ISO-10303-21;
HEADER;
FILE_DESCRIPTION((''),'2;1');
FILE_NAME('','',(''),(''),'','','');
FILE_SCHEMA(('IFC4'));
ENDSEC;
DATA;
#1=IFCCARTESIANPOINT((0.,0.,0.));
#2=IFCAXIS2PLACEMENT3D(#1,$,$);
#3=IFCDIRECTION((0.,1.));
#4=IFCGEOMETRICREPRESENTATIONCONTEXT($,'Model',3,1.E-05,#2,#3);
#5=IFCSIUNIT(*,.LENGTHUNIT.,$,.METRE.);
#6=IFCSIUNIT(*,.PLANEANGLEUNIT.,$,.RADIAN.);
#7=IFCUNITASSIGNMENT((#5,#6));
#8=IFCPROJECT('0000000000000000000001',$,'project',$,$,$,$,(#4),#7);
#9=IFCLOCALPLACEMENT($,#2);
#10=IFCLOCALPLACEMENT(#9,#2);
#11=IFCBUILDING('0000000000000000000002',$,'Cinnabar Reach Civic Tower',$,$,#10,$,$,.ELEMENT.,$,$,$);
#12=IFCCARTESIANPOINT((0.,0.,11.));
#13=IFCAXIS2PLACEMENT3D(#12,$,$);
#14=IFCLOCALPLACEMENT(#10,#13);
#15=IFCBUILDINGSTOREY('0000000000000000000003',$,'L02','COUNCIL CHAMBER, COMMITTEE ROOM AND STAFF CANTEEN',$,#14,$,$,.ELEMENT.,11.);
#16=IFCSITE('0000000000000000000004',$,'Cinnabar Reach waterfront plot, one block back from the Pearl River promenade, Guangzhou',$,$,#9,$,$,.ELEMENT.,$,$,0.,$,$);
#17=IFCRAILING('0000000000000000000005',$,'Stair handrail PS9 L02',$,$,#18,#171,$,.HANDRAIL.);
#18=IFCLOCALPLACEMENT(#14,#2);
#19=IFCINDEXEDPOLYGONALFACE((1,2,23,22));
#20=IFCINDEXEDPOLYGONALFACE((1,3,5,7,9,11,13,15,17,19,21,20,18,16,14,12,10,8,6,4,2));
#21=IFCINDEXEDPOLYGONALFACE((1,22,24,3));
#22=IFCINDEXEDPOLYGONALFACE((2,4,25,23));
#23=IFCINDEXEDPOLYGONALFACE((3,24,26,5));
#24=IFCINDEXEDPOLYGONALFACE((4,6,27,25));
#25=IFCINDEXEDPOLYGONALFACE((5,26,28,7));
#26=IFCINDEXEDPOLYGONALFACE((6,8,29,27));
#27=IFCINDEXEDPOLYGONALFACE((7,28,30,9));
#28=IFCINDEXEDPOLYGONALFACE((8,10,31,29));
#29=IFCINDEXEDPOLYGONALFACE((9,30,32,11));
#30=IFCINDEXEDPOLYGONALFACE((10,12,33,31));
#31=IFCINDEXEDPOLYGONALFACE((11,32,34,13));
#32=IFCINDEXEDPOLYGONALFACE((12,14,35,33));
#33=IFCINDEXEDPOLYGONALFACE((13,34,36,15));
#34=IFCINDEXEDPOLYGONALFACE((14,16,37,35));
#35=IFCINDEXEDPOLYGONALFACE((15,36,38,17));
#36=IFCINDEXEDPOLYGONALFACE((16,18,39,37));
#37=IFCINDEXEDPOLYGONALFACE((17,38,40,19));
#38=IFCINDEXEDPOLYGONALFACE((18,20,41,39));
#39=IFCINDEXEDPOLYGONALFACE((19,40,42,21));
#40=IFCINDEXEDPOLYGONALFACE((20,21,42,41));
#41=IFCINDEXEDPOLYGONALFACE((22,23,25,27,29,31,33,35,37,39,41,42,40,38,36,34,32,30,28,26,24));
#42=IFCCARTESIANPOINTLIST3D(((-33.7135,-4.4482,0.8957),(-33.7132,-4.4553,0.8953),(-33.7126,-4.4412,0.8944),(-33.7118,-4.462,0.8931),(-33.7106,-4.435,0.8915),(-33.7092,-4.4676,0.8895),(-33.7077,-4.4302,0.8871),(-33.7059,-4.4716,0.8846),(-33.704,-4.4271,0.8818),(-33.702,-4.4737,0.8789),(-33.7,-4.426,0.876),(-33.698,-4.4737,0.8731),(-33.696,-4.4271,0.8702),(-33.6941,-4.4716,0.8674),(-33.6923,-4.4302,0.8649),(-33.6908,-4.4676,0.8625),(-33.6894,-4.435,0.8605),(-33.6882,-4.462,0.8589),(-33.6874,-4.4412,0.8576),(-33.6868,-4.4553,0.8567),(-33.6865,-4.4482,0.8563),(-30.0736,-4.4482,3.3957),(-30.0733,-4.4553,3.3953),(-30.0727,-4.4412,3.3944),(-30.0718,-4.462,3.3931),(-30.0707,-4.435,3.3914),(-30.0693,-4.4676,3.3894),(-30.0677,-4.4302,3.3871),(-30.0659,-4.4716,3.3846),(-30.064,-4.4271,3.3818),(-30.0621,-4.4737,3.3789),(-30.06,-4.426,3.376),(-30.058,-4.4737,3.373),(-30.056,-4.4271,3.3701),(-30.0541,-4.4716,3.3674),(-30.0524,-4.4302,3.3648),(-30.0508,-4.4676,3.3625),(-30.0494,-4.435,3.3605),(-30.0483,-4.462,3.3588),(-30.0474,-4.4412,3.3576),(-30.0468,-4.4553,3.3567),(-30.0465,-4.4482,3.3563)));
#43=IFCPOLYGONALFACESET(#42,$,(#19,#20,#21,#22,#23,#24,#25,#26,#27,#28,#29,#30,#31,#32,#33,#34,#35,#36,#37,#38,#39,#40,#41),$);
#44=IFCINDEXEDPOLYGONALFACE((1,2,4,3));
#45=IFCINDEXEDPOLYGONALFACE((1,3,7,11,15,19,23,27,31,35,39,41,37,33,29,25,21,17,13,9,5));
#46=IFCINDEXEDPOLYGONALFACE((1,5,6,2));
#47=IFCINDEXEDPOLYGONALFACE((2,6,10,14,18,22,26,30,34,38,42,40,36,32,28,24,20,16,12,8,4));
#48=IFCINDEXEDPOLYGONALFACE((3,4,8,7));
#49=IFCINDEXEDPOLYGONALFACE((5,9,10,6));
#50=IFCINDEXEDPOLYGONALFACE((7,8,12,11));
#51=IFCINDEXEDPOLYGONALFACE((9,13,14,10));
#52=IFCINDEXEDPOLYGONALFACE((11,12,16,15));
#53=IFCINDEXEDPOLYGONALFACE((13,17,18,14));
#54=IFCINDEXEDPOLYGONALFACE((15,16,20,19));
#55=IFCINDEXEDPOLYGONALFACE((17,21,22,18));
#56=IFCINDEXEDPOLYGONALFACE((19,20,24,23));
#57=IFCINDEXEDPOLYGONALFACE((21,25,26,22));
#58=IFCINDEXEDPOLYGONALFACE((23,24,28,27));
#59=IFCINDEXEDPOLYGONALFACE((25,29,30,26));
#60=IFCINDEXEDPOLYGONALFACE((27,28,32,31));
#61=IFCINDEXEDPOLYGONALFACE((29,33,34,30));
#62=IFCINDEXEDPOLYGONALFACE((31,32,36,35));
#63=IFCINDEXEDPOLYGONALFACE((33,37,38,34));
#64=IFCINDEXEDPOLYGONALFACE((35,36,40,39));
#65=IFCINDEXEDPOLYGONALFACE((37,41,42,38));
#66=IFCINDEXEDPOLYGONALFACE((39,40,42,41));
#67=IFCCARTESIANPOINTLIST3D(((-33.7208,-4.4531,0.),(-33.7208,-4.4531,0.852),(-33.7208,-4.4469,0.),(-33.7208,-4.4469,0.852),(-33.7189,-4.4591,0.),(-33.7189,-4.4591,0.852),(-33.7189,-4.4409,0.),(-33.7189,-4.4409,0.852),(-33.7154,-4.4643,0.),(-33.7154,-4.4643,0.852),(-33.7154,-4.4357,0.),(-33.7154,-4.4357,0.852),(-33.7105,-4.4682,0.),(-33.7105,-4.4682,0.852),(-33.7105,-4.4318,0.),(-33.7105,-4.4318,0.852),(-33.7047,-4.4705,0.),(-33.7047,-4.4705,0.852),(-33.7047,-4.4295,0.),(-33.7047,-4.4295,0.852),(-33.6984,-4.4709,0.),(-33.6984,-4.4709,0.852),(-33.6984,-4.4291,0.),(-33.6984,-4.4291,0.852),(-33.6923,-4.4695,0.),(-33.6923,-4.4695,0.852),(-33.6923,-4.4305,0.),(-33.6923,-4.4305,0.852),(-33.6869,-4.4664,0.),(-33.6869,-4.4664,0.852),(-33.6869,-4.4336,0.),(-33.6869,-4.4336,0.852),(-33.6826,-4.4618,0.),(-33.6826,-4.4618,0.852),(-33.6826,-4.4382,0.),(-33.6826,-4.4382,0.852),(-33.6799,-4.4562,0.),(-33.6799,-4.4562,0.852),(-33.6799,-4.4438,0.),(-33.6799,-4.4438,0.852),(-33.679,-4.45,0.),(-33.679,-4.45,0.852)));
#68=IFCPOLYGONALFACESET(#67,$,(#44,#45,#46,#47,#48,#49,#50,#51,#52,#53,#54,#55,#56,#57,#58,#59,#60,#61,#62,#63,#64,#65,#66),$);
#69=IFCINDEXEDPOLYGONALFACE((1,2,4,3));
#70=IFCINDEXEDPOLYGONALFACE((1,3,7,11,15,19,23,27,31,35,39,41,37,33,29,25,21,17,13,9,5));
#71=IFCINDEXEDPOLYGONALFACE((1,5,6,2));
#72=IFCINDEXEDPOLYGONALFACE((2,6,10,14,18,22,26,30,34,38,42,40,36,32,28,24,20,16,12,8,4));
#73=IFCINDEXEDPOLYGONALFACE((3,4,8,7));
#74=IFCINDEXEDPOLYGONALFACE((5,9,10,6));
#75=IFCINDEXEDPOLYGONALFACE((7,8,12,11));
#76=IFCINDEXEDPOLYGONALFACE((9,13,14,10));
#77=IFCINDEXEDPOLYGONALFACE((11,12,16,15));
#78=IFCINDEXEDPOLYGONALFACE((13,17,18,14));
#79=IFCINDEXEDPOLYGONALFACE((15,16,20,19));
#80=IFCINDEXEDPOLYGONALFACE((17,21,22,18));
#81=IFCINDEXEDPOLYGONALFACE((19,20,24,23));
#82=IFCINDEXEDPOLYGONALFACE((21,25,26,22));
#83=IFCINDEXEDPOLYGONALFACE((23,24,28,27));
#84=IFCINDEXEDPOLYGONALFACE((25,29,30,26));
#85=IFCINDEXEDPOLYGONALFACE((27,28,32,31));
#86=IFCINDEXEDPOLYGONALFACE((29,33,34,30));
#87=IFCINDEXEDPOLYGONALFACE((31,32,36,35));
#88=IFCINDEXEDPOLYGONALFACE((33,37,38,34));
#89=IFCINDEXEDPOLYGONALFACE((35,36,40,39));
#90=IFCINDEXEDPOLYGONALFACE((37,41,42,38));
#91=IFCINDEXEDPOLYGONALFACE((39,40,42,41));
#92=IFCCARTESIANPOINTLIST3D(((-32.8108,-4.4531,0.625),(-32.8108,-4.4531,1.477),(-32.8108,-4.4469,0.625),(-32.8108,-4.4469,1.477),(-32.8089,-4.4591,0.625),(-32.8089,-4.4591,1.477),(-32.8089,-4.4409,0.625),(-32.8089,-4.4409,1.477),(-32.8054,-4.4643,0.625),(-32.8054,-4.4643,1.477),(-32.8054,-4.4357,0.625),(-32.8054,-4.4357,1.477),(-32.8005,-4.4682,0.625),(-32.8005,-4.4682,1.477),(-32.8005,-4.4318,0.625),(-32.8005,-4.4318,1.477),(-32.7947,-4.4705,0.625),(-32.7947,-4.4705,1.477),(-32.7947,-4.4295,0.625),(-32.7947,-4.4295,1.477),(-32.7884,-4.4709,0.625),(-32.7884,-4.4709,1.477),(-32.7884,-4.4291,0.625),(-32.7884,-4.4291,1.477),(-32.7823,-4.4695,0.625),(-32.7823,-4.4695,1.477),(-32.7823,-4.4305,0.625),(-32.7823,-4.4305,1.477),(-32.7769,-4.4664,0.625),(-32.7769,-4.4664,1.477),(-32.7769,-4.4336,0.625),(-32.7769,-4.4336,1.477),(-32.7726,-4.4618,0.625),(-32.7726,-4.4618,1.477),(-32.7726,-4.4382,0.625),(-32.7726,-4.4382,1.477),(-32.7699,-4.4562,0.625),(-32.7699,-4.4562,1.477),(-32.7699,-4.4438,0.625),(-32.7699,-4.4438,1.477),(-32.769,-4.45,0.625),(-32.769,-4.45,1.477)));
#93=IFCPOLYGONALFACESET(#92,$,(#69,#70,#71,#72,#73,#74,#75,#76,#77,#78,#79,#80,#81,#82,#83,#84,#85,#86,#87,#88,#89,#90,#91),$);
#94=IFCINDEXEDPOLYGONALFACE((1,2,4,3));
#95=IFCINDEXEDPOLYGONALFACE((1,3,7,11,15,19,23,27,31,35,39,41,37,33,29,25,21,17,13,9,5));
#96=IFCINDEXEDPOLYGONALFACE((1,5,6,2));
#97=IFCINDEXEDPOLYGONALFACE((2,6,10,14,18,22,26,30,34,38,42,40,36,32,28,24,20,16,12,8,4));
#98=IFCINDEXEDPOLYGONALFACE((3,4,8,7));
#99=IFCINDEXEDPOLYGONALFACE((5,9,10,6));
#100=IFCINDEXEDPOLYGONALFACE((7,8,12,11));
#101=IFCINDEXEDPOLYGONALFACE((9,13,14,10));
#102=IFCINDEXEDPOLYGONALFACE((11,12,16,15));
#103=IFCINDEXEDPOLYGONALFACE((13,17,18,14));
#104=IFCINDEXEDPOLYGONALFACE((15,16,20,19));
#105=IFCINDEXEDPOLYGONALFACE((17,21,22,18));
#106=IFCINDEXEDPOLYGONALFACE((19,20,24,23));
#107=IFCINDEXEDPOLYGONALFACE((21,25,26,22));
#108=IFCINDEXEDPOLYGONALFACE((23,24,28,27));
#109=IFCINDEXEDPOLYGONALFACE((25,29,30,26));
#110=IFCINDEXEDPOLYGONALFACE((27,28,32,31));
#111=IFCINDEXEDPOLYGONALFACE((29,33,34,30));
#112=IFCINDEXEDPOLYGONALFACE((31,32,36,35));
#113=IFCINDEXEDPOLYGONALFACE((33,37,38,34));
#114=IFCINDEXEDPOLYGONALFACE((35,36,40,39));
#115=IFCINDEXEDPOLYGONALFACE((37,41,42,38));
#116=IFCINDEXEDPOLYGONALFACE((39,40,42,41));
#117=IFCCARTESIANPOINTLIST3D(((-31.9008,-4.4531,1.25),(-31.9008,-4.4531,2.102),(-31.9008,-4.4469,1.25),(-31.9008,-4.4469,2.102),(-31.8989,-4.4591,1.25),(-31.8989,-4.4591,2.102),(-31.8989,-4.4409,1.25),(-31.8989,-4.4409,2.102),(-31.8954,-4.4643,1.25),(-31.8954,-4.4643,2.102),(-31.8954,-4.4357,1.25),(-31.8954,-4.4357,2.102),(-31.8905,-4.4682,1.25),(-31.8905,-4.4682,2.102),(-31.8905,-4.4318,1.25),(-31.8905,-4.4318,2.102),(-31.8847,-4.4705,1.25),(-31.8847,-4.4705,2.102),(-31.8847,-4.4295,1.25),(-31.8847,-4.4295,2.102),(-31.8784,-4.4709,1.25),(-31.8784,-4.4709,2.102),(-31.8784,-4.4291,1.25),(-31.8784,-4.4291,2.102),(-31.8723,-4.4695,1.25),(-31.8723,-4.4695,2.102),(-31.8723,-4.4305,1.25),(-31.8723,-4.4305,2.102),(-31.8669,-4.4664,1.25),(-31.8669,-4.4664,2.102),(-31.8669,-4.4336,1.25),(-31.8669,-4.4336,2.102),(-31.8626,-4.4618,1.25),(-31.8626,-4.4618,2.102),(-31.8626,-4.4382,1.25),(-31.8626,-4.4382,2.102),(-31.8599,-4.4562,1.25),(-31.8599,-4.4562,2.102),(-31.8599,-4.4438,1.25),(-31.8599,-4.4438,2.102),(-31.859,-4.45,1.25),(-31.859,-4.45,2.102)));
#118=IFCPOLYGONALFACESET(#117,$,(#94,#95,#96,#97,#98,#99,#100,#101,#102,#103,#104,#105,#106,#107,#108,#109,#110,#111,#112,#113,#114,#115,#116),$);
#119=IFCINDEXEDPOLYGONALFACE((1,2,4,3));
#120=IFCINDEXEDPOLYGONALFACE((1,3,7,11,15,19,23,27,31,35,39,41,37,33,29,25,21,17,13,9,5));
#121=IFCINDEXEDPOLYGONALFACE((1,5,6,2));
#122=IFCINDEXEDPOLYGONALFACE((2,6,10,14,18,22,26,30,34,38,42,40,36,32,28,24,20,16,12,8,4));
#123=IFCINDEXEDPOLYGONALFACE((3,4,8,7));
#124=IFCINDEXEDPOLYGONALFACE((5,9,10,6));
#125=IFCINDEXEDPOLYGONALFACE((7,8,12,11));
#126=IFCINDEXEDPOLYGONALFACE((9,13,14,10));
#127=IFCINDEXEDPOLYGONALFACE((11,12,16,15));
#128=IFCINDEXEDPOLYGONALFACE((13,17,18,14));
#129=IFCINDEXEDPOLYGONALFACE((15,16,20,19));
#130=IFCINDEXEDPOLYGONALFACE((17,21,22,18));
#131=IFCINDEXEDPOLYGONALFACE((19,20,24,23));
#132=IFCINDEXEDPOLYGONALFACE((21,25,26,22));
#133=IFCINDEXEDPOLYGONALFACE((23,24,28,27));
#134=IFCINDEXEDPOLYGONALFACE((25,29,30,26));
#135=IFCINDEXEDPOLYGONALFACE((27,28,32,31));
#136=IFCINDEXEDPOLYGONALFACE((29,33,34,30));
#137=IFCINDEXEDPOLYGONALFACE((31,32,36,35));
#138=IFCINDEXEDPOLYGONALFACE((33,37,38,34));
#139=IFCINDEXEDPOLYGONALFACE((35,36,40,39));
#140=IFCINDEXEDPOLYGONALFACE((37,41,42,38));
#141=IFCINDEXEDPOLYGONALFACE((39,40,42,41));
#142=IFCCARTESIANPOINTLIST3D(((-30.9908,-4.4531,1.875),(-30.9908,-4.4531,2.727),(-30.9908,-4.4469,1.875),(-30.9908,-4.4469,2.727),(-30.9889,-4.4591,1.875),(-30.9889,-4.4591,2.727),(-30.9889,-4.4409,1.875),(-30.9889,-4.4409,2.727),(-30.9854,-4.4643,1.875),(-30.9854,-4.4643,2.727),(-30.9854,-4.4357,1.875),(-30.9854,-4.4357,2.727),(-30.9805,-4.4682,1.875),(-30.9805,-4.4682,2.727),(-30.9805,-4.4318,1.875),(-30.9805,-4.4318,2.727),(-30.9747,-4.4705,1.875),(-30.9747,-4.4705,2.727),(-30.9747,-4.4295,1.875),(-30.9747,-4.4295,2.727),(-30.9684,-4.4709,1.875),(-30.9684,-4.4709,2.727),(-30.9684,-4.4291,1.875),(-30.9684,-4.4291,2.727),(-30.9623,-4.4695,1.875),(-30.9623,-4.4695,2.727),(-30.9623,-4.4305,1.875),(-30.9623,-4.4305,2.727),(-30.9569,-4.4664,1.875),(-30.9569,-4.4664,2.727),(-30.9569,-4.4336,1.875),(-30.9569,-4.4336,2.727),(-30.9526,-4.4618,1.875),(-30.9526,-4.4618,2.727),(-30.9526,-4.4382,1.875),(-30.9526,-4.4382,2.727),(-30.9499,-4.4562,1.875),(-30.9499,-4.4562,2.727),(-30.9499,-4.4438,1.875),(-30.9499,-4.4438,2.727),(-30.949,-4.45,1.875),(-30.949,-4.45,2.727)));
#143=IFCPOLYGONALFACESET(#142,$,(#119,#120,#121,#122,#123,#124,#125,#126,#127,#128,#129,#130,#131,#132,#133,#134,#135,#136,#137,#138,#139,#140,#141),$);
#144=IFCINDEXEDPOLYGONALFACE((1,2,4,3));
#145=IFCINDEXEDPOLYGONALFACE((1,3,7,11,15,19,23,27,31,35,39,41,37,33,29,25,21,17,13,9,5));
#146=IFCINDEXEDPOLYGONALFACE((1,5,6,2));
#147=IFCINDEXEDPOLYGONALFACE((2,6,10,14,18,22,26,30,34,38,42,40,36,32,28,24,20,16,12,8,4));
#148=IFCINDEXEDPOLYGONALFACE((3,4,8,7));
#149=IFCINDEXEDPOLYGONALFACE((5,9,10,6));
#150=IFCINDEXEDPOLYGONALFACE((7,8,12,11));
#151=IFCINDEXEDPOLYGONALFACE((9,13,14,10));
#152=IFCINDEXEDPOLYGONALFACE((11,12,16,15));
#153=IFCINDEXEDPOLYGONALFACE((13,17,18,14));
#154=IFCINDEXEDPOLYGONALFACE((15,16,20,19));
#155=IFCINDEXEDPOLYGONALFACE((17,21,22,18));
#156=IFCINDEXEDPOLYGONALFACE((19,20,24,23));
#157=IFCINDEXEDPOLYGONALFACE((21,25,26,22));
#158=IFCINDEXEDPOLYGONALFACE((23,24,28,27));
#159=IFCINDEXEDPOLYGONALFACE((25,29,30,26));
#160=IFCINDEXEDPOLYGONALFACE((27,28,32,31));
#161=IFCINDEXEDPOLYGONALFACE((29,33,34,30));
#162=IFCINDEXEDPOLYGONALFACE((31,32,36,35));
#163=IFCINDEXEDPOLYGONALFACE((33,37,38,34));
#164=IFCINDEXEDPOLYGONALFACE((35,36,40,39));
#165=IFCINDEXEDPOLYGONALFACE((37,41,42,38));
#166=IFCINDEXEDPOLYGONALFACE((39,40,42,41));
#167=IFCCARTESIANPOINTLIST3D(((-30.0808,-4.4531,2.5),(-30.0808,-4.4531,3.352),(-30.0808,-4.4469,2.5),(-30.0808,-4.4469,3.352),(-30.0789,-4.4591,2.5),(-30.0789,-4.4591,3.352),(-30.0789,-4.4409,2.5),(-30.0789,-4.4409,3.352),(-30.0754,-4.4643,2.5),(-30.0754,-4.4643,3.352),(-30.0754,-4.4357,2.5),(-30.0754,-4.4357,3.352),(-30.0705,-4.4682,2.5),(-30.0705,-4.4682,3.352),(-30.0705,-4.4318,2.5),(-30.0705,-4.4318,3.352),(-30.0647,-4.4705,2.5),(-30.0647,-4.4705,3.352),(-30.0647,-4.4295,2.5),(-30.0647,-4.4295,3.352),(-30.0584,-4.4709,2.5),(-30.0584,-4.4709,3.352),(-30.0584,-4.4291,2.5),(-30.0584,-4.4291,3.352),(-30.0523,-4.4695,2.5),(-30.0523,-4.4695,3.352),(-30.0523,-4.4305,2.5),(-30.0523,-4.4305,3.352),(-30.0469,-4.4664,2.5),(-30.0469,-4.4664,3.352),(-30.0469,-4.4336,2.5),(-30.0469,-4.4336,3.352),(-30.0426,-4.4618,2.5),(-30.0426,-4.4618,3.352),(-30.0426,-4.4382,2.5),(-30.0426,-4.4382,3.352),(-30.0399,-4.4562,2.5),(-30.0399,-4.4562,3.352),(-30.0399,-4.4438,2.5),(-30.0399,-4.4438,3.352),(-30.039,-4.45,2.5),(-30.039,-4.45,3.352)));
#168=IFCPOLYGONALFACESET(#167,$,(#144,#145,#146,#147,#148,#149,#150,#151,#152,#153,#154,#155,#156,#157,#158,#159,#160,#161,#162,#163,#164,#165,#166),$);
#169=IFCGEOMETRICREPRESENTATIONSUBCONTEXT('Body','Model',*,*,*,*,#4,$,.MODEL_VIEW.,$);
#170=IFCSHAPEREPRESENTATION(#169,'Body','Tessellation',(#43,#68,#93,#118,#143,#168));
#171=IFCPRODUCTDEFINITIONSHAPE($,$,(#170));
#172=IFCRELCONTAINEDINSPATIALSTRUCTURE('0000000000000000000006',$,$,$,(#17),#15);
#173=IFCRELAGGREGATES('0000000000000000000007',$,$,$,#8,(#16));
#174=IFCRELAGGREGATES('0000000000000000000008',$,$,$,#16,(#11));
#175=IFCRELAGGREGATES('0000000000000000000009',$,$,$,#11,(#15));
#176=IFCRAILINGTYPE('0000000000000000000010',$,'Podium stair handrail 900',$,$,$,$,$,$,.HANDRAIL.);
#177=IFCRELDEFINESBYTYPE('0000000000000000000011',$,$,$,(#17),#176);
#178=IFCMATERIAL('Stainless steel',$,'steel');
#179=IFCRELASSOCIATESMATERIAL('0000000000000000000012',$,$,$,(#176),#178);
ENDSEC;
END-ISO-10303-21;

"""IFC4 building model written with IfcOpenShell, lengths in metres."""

from ifc_helpers import new_model, si_unit, direction, frame, origin, origin_2d, place, context, subcontext, project, spatial, circle, extrude, material, type_object, element, save


model = new_model("IFC4")

# Units and contexts
model_context = context("Model", 3, precision=1e-05, world=origin(), true_north=direction((0.0, 1.0)))
body_context = subcontext(model_context, "Body", "Model", "MODEL_VIEW")
ifc_project = project(units=[si_unit("LENGTHUNIT", "METRE"), si_unit("PLANEANGLEUNIT", "RADIAN")], contexts=[model_context])

# Site, building, storey
site_placement = place(None, origin())
site = spatial("IfcSite", under=ifc_project, at=site_placement, Name="Cinnabar Reach waterfront plot, one block back from the Pearl River promenade, Guangzhou", CompositionType="ELEMENT", RefElevation=0.0)
building_placement = place(site_placement, origin())
building = spatial("IfcBuilding", under=site, at=building_placement, Name="Cinnabar Reach Civic Tower", CompositionType="ELEMENT")
storey_placement = place(building_placement, frame((0.0, 0.0, 11.0)))
storey = spatial("IfcBuildingStorey", under=building, at=storey_placement, Name="L02", Description="COUNCIL CHAMBER, COMMITTEE ROOM AND STAFF CANTEEN", CompositionType="ELEMENT", Elevation=11.0)

# Railing
ifc_material_1 = material(Name="Stainless steel", Category="steel")
railing_type_1 = type_object("IfcRailingType", Name="Podium stair handrail 900", PredefinedType="HANDRAIL", material=ifc_material_1)
railing_1_placement = place(storey_placement, frame((-33.7, -4.45, 0.0)))
element("IfcRailing", 1, at=railing_1_placement, inside=storey, type_object=railing_type_1, Name="Stair handrail PS9 L02", PredefinedType="HANDRAIL", context=body_context, shape_type="SweptSolid", body=[
    extrude(circle(Radius=0.024, at=origin_2d()), frame((0.0, 0.0, 0.876), z_axis=(0.824306, 0.0, 0.566144), x_axis=(0.0, 1.0, 0.0)), (0.0, 0.0, 1.0), 4.4158),
    extrude(circle(Radius=0.021, at=origin_2d()), origin(), (0.0, 0.0, 1.0), 0.852),
    extrude(circle(Radius=0.021, at=origin_2d()), frame((0.91, 0.0, 0.625)), (0.0, 0.0, 1.0), 0.852),
    extrude(circle(Radius=0.021, at=origin_2d()), frame((1.82, 0.0, 1.25)), (0.0, 0.0, 1.0), 0.852),
    extrude(circle(Radius=0.021, at=origin_2d()), frame((2.73, 0.0, 1.875)), (0.0, 0.0, 1.0), 0.852),
    extrude(circle(Radius=0.021, at=origin_2d()), frame((3.64, 0.0, 2.5)), (0.0, 0.0, 1.0), 0.852),
])

save(model, "model.ifc")
